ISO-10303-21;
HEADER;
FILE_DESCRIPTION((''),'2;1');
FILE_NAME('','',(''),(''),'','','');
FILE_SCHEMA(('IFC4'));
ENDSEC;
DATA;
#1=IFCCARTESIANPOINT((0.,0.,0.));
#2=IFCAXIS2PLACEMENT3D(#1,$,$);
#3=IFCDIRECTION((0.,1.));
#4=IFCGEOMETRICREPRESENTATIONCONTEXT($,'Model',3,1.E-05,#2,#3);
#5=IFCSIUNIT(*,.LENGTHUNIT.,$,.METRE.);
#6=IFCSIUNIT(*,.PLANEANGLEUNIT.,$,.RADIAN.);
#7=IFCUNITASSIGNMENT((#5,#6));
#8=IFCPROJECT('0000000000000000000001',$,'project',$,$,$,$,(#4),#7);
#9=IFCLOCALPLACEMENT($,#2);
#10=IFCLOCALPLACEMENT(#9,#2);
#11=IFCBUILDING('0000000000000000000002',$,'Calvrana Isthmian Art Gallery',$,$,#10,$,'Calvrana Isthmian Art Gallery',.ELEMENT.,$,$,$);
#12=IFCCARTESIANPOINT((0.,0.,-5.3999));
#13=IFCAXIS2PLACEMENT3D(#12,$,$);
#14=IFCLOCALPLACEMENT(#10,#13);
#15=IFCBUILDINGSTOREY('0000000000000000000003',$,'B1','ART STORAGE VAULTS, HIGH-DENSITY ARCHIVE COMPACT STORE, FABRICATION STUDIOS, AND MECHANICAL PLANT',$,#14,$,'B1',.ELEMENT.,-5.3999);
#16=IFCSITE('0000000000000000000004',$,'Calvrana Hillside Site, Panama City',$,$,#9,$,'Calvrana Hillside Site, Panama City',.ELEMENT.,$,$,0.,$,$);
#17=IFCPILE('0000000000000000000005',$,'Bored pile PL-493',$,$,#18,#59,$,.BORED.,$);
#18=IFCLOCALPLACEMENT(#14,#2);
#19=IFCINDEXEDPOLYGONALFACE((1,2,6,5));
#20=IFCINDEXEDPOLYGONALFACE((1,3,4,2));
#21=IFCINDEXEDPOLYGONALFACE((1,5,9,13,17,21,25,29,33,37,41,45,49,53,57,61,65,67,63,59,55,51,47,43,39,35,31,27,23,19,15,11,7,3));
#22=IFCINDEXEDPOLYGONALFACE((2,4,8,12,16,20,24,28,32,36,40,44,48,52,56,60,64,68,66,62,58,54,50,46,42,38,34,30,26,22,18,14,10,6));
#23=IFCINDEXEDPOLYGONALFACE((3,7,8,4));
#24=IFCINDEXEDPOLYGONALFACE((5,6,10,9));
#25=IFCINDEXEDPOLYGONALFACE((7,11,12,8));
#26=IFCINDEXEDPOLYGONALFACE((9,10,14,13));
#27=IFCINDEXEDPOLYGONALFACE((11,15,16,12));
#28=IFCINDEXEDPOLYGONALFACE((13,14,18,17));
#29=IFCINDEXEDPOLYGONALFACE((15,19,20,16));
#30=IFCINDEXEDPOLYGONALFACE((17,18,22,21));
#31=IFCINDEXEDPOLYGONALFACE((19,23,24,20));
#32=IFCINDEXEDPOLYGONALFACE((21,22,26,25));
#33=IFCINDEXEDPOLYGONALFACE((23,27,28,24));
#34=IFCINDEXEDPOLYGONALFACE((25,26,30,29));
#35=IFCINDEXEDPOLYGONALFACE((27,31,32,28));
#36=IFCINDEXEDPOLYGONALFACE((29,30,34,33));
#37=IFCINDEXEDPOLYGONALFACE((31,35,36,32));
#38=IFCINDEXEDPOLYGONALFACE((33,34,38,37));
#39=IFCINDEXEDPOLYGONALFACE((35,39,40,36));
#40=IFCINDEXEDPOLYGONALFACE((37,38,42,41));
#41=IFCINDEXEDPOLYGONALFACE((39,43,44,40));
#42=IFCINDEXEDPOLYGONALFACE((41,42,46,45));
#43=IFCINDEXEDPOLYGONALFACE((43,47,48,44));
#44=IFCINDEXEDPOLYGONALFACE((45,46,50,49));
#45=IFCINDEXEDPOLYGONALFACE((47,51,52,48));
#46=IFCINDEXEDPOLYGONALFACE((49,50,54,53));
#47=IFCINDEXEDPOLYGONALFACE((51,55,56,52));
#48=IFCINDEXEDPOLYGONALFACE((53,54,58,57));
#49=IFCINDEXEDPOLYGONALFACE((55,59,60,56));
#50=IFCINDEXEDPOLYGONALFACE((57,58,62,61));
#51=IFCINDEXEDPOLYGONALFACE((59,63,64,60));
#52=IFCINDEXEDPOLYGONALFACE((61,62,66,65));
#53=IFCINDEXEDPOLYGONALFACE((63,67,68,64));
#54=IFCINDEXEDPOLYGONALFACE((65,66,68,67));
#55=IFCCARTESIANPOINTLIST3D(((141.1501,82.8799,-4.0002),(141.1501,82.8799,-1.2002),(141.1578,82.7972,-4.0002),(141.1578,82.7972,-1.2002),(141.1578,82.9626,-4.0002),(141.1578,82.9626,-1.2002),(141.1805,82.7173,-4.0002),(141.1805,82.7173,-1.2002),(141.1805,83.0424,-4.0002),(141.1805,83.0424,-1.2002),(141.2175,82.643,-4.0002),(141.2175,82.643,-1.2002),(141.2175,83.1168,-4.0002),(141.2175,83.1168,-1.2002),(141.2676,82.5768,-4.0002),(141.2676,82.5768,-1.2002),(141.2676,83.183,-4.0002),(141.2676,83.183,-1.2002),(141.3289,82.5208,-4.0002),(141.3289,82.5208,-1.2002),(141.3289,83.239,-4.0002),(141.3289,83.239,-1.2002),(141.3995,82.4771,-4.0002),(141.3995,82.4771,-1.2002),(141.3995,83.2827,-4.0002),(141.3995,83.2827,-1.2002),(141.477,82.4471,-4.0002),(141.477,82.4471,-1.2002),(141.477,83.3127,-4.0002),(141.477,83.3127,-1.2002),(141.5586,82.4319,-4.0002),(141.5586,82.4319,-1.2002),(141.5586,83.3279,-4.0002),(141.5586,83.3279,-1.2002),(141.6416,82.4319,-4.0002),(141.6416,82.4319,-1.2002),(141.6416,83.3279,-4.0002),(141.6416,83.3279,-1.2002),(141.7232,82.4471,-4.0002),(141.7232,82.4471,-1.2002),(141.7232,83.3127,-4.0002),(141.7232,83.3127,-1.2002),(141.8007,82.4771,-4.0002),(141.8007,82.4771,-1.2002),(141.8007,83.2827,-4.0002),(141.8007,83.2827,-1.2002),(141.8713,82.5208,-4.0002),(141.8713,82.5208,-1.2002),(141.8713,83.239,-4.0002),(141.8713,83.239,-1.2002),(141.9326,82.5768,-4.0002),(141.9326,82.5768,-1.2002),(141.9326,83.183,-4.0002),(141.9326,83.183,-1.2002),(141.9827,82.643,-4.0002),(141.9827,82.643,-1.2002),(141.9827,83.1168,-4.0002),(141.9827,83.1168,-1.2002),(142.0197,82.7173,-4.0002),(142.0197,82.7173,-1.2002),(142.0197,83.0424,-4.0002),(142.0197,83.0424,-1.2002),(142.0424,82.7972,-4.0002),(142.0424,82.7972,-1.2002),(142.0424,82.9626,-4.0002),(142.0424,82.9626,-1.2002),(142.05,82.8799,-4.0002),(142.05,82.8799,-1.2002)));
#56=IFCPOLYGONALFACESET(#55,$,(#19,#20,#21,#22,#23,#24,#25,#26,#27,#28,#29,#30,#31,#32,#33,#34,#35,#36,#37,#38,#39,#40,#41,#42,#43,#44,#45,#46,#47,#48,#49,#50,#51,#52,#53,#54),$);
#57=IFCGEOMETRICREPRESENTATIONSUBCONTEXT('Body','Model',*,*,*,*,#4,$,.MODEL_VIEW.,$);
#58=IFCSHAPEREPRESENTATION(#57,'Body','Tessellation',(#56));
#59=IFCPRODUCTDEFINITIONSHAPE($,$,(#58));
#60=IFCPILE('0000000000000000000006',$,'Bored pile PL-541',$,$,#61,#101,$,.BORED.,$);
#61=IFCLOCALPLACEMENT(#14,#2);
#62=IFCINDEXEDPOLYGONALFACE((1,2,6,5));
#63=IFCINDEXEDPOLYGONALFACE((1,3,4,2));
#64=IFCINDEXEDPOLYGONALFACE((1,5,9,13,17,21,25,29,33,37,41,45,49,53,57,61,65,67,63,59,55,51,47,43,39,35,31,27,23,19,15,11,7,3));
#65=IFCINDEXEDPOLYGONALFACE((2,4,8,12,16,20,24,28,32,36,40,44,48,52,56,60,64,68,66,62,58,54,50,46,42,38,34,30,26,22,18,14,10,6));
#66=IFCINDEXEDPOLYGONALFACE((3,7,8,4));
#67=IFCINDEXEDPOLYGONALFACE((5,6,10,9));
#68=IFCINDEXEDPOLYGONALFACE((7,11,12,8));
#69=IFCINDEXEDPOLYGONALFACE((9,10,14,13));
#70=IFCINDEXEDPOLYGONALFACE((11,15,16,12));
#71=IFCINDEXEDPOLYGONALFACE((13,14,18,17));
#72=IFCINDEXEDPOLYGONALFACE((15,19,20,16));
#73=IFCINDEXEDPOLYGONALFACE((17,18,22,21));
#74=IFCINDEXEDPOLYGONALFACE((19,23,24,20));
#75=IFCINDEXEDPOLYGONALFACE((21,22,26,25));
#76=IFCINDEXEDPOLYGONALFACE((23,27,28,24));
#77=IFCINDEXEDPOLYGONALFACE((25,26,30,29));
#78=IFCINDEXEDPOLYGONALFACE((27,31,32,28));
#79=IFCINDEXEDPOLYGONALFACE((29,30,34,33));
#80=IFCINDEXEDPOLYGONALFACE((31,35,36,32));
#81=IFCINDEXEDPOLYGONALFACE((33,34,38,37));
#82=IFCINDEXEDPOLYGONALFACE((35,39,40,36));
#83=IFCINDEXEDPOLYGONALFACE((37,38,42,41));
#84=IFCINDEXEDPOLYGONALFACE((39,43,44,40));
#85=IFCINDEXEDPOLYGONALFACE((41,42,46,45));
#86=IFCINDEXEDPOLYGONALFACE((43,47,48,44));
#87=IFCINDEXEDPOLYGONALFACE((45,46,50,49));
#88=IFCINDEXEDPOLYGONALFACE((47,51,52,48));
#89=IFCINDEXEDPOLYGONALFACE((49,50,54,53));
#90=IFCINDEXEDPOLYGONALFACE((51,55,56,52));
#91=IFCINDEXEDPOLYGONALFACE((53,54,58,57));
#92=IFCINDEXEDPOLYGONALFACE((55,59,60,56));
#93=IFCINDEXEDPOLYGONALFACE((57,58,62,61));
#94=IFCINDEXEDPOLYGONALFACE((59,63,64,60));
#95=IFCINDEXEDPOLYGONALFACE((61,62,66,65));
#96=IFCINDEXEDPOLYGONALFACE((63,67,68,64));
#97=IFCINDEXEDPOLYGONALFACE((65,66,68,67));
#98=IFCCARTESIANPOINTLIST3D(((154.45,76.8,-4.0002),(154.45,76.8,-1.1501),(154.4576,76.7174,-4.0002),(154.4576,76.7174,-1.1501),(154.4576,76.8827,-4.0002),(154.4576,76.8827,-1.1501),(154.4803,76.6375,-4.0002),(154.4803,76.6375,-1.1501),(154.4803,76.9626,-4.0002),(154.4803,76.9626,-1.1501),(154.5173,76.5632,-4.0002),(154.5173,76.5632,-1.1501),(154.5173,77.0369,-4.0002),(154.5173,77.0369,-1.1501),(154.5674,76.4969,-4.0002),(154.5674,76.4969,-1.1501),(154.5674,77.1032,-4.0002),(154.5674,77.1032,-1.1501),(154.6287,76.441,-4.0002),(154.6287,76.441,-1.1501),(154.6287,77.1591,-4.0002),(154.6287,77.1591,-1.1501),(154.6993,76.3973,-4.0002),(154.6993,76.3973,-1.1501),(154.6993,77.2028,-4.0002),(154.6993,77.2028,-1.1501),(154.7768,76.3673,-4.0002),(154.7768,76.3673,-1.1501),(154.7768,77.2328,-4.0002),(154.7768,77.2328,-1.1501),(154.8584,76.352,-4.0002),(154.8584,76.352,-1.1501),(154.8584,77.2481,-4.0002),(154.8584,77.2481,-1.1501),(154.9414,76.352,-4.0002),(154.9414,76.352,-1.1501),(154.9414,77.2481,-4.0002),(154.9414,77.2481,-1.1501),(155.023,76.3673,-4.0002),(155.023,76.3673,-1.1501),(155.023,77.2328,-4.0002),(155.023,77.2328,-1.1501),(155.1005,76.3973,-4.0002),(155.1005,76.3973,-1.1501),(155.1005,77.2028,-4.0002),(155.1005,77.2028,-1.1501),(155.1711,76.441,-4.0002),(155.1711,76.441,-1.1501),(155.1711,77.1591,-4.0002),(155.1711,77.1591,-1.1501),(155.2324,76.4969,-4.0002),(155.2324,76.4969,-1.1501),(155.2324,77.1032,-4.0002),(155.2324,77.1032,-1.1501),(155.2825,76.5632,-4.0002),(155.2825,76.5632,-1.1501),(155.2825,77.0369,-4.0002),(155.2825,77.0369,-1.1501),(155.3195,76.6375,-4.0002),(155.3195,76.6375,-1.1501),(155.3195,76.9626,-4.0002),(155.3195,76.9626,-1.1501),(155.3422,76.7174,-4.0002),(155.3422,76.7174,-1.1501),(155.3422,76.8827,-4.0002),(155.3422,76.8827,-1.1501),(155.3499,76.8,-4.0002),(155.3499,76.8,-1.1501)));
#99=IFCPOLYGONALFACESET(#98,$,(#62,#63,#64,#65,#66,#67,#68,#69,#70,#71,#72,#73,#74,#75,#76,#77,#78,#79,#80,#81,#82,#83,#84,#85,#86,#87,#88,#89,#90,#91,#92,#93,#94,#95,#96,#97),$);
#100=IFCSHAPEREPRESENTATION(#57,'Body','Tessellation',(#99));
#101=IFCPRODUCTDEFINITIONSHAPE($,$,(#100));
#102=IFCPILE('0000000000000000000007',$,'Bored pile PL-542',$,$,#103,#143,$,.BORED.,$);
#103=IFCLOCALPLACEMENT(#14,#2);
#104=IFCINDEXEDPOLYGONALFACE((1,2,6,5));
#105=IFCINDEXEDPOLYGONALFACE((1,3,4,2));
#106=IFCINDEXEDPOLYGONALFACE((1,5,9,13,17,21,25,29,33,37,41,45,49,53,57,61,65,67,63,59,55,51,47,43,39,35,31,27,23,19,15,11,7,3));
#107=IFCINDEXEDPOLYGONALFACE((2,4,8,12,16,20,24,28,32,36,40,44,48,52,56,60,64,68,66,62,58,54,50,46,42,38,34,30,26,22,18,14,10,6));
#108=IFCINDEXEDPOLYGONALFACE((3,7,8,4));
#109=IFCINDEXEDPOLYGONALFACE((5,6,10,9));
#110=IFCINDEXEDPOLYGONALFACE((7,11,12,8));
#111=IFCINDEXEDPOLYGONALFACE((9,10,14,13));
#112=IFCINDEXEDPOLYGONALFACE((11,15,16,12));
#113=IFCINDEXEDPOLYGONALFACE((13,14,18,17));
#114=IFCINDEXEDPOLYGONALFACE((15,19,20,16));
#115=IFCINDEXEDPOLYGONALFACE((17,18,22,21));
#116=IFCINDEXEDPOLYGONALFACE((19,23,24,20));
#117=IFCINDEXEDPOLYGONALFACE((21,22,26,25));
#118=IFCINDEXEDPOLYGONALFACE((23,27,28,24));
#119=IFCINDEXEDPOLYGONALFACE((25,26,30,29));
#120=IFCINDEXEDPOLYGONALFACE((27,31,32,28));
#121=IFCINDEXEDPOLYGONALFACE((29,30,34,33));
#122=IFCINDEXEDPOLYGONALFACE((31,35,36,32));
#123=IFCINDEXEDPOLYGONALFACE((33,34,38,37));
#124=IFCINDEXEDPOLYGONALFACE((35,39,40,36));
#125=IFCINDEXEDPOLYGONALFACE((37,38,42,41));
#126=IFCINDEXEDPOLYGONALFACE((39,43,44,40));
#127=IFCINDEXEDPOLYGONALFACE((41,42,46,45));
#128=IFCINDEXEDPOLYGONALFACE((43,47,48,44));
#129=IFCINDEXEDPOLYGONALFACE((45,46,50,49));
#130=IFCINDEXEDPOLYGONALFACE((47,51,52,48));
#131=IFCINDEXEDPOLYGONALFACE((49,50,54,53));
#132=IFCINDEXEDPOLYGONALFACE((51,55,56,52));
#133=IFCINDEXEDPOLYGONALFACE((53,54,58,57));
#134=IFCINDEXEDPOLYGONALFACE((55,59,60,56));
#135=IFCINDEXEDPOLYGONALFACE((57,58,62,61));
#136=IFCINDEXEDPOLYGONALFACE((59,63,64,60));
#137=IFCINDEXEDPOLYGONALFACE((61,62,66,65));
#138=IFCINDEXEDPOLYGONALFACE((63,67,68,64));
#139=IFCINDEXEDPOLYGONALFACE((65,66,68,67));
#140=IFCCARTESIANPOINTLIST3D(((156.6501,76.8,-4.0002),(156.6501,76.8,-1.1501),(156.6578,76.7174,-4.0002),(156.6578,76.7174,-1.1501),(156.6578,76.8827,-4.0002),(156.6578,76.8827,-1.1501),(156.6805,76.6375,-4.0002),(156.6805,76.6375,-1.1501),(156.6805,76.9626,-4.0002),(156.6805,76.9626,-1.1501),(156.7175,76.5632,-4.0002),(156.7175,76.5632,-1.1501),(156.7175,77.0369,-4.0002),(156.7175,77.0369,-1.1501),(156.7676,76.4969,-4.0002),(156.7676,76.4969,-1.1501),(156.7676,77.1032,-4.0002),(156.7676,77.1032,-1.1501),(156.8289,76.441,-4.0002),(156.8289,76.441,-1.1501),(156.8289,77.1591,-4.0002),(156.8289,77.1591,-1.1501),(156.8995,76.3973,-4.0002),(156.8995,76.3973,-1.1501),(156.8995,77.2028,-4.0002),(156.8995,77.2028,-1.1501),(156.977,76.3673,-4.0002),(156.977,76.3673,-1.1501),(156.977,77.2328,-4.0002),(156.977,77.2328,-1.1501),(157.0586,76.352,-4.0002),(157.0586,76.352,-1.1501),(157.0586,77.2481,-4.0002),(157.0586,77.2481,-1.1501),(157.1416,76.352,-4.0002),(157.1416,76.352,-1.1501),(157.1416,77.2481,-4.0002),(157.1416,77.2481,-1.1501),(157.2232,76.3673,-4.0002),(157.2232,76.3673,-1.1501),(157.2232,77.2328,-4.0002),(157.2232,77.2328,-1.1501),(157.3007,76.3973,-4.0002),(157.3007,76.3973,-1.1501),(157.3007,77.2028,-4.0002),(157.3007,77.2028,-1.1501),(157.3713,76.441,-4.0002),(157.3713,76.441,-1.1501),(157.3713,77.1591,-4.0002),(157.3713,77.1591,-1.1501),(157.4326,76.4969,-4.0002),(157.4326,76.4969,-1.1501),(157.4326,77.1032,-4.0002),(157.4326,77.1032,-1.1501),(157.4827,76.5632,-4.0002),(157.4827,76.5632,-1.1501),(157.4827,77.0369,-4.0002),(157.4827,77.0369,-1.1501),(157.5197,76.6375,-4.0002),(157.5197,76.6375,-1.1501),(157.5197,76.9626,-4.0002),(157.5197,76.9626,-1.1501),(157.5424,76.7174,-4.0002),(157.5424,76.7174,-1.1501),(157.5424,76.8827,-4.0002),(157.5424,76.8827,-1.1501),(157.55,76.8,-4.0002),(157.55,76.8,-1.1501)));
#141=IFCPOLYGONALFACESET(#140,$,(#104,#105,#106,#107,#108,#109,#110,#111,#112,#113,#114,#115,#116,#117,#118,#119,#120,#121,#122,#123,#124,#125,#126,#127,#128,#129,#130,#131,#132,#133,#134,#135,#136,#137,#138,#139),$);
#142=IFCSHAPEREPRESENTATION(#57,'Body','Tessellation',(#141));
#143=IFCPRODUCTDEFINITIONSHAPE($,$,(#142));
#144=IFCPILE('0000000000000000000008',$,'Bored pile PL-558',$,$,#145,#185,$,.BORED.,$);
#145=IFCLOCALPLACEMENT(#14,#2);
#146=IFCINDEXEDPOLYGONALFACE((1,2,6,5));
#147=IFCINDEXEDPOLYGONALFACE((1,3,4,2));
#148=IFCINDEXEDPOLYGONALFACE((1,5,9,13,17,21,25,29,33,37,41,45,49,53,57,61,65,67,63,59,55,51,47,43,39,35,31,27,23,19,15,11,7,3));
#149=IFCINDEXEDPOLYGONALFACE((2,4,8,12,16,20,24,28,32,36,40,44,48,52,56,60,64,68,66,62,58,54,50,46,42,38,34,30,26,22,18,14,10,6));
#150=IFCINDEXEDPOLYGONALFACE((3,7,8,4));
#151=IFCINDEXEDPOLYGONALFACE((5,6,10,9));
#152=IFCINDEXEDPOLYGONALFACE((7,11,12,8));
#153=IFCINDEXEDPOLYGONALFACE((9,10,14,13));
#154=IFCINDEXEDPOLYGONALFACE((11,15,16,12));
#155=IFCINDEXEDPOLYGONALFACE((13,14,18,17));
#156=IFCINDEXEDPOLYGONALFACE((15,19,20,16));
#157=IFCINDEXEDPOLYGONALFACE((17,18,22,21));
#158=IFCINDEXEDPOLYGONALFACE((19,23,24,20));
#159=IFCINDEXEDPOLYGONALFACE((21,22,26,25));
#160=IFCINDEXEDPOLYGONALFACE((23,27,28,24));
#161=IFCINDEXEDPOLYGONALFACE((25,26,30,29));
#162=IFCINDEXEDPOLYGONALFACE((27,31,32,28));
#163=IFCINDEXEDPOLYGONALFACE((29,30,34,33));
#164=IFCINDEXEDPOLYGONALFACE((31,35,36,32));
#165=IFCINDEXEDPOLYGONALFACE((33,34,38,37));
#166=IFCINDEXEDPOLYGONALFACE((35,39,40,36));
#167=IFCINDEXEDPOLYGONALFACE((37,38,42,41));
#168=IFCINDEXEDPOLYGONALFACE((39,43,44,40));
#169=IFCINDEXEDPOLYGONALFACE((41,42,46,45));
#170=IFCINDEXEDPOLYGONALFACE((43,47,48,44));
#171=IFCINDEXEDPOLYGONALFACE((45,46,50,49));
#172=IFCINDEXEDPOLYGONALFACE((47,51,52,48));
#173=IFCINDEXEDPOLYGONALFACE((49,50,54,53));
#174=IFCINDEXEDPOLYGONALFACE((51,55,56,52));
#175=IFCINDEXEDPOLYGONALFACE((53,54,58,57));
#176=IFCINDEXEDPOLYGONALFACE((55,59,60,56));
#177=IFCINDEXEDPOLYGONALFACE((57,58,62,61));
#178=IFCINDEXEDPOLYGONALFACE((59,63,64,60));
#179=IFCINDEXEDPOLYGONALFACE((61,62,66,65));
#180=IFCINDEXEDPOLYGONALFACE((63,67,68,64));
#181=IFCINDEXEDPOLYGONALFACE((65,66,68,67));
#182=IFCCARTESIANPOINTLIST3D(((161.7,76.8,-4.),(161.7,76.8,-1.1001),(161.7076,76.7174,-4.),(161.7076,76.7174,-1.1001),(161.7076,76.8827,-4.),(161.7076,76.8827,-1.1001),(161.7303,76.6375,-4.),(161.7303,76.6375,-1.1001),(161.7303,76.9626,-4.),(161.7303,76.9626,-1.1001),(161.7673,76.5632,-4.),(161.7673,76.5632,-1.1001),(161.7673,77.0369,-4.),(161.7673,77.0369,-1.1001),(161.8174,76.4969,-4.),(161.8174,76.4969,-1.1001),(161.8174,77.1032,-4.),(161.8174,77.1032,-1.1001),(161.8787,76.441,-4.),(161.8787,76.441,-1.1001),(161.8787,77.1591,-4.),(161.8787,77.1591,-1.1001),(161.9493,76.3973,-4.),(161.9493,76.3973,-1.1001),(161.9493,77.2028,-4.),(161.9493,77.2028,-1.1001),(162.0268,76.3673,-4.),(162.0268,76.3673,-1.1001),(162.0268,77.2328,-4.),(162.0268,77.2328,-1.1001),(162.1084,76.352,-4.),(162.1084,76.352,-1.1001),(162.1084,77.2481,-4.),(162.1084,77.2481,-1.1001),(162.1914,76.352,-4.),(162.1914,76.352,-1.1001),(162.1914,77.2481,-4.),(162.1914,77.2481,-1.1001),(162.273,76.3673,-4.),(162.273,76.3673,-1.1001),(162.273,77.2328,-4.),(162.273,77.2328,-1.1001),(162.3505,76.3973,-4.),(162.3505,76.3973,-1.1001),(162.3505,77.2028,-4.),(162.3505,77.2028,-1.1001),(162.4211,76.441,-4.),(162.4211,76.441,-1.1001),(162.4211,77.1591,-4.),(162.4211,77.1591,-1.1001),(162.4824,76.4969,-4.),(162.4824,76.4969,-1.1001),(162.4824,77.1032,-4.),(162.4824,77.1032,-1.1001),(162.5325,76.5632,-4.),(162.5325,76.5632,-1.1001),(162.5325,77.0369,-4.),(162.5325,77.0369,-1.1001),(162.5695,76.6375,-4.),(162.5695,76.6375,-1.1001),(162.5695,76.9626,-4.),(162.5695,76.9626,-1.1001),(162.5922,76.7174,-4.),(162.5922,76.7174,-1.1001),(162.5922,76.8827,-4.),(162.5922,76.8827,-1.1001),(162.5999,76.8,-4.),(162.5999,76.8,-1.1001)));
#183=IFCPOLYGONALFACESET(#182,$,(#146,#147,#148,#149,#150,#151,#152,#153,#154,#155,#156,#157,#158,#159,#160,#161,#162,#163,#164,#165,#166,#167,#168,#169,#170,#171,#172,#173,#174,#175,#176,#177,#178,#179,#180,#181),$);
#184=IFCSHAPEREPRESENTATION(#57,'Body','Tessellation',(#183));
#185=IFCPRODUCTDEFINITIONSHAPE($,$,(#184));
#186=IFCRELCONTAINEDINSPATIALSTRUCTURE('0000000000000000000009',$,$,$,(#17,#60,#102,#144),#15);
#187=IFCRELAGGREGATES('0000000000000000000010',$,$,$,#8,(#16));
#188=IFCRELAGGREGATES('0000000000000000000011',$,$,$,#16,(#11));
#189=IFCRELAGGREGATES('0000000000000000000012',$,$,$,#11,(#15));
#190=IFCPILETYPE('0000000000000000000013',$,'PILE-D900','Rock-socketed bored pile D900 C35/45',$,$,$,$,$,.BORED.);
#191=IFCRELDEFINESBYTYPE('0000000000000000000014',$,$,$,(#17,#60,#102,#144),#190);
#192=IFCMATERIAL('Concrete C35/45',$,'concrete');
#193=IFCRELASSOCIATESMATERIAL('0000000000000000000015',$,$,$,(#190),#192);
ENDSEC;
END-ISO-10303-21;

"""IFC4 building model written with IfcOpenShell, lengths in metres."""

from ifc_helpers import new_model, si_unit, direction, frame, origin, origin_2d, place, context, subcontext, project, spatial, circle, extrude, material, material_profile, profile_set, type_object, element, save


model = new_model("IFC4")

# Units and contexts
model_context = context("Model", 3, precision=1e-05, world=origin(), true_north=direction((0.0, 1.0)))
body_context = subcontext(model_context, "Body", "Model", "MODEL_VIEW")
ifc_project = project(units=[si_unit("LENGTHUNIT", "METRE"), si_unit("PLANEANGLEUNIT", "RADIAN")], contexts=[model_context])

# Site, building, storey
site_placement = place(None, origin())
site = spatial("IfcSite", under=ifc_project, at=site_placement, Name="Calvrana Hillside Site, Panama City", LongName="Calvrana Hillside Site, Panama City", CompositionType="ELEMENT", RefElevation=0.0)
building_placement = place(site_placement, origin())
building = spatial("IfcBuilding", under=site, at=building_placement, Name="Calvrana Isthmian Art Gallery", LongName="Calvrana Isthmian Art Gallery", CompositionType="ELEMENT")
storey_placement = place(building_placement, frame((0.0, 0.0, -5.3999)))
storey = spatial("IfcBuildingStorey", under=building, at=storey_placement, Name="B1", Description="ART STORAGE VAULTS, HIGH-DENSITY ARCHIVE COMPACT STORE, FABRICATION STUDIOS, AND MECHANICAL PLANT", LongName="B1", CompositionType="ELEMENT", Elevation=-5.3999)

# Shared definitions
ifc_material_1 = material(Name="Concrete C35/45", Category="concrete")

# Piles
ifc_material_profile_1 = material_profile(ifc_material_1, circle(Radius=0.45, at=origin_2d()), Name="PILE900D")
ifc_profile_set_1 = profile_set([ifc_material_profile_1], Name="Concrete C35/45")
pile_type_1 = type_object("IfcPileType", Name="PILE-D900", Description="Rock-socketed bored pile D900 C35/45", PredefinedType="BORED", material=ifc_profile_set_1)
for number, where, z_axis, x_axis, name in (
    (1, (141.6001, 82.8799, -1.2002), (0.0, 0.0, -1.0), (1.0, 0.0, 0.0), "Bored pile PL-493"),
):
    element("IfcPile", number, at=place(storey_placement, frame(where, z_axis=z_axis, x_axis=x_axis)), inside=storey, type_object=pile_type_1, Name=name, PredefinedType="BORED", context=body_context, shape_type="SweptSolid", body=[
        extrude(circle(Radius=0.45, at=origin_2d()), origin(), (0.0, 0.0, 1.0), 2.8),
    ])
for number, where, z_axis, x_axis, name in (
    (2, (154.8999, 76.8, -1.1501), (0.0, 0.0, -1.0), (1.0, 0.0, 0.0), "Bored pile PL-541"),
    (3, (157.1001, 76.8, -1.1501), (0.0, 0.0, -1.0), (1.0, 0.0, 0.0), "Bored pile PL-542"),
):
    element("IfcPile", number, at=place(storey_placement, frame(where, z_axis=z_axis, x_axis=x_axis)), inside=storey, type_object=pile_type_1, Name=name, PredefinedType="BORED", context=body_context, shape_type="SweptSolid", body=[
        extrude(circle(Radius=0.45, at=origin_2d()), origin(), (0.0, 0.0, 1.0), 2.8501),
    ])
for number, where, z_axis, x_axis, name in (
    (4, (162.1499, 76.8, -1.1001), (0.0, 0.0, -1.0), (1.0, 0.0, 0.0), "Bored pile PL-558"),
):
    element("IfcPile", number, at=place(storey_placement, frame(where, z_axis=z_axis, x_axis=x_axis)), inside=storey, type_object=pile_type_1, Name=name, PredefinedType="BORED", context=body_context, shape_type="SweptSolid", body=[
        extrude(circle(Radius=0.45, at=origin_2d()), origin(), (0.0, 0.0, 1.0), 2.8999),
    ])

save(model, "model.ifc")
